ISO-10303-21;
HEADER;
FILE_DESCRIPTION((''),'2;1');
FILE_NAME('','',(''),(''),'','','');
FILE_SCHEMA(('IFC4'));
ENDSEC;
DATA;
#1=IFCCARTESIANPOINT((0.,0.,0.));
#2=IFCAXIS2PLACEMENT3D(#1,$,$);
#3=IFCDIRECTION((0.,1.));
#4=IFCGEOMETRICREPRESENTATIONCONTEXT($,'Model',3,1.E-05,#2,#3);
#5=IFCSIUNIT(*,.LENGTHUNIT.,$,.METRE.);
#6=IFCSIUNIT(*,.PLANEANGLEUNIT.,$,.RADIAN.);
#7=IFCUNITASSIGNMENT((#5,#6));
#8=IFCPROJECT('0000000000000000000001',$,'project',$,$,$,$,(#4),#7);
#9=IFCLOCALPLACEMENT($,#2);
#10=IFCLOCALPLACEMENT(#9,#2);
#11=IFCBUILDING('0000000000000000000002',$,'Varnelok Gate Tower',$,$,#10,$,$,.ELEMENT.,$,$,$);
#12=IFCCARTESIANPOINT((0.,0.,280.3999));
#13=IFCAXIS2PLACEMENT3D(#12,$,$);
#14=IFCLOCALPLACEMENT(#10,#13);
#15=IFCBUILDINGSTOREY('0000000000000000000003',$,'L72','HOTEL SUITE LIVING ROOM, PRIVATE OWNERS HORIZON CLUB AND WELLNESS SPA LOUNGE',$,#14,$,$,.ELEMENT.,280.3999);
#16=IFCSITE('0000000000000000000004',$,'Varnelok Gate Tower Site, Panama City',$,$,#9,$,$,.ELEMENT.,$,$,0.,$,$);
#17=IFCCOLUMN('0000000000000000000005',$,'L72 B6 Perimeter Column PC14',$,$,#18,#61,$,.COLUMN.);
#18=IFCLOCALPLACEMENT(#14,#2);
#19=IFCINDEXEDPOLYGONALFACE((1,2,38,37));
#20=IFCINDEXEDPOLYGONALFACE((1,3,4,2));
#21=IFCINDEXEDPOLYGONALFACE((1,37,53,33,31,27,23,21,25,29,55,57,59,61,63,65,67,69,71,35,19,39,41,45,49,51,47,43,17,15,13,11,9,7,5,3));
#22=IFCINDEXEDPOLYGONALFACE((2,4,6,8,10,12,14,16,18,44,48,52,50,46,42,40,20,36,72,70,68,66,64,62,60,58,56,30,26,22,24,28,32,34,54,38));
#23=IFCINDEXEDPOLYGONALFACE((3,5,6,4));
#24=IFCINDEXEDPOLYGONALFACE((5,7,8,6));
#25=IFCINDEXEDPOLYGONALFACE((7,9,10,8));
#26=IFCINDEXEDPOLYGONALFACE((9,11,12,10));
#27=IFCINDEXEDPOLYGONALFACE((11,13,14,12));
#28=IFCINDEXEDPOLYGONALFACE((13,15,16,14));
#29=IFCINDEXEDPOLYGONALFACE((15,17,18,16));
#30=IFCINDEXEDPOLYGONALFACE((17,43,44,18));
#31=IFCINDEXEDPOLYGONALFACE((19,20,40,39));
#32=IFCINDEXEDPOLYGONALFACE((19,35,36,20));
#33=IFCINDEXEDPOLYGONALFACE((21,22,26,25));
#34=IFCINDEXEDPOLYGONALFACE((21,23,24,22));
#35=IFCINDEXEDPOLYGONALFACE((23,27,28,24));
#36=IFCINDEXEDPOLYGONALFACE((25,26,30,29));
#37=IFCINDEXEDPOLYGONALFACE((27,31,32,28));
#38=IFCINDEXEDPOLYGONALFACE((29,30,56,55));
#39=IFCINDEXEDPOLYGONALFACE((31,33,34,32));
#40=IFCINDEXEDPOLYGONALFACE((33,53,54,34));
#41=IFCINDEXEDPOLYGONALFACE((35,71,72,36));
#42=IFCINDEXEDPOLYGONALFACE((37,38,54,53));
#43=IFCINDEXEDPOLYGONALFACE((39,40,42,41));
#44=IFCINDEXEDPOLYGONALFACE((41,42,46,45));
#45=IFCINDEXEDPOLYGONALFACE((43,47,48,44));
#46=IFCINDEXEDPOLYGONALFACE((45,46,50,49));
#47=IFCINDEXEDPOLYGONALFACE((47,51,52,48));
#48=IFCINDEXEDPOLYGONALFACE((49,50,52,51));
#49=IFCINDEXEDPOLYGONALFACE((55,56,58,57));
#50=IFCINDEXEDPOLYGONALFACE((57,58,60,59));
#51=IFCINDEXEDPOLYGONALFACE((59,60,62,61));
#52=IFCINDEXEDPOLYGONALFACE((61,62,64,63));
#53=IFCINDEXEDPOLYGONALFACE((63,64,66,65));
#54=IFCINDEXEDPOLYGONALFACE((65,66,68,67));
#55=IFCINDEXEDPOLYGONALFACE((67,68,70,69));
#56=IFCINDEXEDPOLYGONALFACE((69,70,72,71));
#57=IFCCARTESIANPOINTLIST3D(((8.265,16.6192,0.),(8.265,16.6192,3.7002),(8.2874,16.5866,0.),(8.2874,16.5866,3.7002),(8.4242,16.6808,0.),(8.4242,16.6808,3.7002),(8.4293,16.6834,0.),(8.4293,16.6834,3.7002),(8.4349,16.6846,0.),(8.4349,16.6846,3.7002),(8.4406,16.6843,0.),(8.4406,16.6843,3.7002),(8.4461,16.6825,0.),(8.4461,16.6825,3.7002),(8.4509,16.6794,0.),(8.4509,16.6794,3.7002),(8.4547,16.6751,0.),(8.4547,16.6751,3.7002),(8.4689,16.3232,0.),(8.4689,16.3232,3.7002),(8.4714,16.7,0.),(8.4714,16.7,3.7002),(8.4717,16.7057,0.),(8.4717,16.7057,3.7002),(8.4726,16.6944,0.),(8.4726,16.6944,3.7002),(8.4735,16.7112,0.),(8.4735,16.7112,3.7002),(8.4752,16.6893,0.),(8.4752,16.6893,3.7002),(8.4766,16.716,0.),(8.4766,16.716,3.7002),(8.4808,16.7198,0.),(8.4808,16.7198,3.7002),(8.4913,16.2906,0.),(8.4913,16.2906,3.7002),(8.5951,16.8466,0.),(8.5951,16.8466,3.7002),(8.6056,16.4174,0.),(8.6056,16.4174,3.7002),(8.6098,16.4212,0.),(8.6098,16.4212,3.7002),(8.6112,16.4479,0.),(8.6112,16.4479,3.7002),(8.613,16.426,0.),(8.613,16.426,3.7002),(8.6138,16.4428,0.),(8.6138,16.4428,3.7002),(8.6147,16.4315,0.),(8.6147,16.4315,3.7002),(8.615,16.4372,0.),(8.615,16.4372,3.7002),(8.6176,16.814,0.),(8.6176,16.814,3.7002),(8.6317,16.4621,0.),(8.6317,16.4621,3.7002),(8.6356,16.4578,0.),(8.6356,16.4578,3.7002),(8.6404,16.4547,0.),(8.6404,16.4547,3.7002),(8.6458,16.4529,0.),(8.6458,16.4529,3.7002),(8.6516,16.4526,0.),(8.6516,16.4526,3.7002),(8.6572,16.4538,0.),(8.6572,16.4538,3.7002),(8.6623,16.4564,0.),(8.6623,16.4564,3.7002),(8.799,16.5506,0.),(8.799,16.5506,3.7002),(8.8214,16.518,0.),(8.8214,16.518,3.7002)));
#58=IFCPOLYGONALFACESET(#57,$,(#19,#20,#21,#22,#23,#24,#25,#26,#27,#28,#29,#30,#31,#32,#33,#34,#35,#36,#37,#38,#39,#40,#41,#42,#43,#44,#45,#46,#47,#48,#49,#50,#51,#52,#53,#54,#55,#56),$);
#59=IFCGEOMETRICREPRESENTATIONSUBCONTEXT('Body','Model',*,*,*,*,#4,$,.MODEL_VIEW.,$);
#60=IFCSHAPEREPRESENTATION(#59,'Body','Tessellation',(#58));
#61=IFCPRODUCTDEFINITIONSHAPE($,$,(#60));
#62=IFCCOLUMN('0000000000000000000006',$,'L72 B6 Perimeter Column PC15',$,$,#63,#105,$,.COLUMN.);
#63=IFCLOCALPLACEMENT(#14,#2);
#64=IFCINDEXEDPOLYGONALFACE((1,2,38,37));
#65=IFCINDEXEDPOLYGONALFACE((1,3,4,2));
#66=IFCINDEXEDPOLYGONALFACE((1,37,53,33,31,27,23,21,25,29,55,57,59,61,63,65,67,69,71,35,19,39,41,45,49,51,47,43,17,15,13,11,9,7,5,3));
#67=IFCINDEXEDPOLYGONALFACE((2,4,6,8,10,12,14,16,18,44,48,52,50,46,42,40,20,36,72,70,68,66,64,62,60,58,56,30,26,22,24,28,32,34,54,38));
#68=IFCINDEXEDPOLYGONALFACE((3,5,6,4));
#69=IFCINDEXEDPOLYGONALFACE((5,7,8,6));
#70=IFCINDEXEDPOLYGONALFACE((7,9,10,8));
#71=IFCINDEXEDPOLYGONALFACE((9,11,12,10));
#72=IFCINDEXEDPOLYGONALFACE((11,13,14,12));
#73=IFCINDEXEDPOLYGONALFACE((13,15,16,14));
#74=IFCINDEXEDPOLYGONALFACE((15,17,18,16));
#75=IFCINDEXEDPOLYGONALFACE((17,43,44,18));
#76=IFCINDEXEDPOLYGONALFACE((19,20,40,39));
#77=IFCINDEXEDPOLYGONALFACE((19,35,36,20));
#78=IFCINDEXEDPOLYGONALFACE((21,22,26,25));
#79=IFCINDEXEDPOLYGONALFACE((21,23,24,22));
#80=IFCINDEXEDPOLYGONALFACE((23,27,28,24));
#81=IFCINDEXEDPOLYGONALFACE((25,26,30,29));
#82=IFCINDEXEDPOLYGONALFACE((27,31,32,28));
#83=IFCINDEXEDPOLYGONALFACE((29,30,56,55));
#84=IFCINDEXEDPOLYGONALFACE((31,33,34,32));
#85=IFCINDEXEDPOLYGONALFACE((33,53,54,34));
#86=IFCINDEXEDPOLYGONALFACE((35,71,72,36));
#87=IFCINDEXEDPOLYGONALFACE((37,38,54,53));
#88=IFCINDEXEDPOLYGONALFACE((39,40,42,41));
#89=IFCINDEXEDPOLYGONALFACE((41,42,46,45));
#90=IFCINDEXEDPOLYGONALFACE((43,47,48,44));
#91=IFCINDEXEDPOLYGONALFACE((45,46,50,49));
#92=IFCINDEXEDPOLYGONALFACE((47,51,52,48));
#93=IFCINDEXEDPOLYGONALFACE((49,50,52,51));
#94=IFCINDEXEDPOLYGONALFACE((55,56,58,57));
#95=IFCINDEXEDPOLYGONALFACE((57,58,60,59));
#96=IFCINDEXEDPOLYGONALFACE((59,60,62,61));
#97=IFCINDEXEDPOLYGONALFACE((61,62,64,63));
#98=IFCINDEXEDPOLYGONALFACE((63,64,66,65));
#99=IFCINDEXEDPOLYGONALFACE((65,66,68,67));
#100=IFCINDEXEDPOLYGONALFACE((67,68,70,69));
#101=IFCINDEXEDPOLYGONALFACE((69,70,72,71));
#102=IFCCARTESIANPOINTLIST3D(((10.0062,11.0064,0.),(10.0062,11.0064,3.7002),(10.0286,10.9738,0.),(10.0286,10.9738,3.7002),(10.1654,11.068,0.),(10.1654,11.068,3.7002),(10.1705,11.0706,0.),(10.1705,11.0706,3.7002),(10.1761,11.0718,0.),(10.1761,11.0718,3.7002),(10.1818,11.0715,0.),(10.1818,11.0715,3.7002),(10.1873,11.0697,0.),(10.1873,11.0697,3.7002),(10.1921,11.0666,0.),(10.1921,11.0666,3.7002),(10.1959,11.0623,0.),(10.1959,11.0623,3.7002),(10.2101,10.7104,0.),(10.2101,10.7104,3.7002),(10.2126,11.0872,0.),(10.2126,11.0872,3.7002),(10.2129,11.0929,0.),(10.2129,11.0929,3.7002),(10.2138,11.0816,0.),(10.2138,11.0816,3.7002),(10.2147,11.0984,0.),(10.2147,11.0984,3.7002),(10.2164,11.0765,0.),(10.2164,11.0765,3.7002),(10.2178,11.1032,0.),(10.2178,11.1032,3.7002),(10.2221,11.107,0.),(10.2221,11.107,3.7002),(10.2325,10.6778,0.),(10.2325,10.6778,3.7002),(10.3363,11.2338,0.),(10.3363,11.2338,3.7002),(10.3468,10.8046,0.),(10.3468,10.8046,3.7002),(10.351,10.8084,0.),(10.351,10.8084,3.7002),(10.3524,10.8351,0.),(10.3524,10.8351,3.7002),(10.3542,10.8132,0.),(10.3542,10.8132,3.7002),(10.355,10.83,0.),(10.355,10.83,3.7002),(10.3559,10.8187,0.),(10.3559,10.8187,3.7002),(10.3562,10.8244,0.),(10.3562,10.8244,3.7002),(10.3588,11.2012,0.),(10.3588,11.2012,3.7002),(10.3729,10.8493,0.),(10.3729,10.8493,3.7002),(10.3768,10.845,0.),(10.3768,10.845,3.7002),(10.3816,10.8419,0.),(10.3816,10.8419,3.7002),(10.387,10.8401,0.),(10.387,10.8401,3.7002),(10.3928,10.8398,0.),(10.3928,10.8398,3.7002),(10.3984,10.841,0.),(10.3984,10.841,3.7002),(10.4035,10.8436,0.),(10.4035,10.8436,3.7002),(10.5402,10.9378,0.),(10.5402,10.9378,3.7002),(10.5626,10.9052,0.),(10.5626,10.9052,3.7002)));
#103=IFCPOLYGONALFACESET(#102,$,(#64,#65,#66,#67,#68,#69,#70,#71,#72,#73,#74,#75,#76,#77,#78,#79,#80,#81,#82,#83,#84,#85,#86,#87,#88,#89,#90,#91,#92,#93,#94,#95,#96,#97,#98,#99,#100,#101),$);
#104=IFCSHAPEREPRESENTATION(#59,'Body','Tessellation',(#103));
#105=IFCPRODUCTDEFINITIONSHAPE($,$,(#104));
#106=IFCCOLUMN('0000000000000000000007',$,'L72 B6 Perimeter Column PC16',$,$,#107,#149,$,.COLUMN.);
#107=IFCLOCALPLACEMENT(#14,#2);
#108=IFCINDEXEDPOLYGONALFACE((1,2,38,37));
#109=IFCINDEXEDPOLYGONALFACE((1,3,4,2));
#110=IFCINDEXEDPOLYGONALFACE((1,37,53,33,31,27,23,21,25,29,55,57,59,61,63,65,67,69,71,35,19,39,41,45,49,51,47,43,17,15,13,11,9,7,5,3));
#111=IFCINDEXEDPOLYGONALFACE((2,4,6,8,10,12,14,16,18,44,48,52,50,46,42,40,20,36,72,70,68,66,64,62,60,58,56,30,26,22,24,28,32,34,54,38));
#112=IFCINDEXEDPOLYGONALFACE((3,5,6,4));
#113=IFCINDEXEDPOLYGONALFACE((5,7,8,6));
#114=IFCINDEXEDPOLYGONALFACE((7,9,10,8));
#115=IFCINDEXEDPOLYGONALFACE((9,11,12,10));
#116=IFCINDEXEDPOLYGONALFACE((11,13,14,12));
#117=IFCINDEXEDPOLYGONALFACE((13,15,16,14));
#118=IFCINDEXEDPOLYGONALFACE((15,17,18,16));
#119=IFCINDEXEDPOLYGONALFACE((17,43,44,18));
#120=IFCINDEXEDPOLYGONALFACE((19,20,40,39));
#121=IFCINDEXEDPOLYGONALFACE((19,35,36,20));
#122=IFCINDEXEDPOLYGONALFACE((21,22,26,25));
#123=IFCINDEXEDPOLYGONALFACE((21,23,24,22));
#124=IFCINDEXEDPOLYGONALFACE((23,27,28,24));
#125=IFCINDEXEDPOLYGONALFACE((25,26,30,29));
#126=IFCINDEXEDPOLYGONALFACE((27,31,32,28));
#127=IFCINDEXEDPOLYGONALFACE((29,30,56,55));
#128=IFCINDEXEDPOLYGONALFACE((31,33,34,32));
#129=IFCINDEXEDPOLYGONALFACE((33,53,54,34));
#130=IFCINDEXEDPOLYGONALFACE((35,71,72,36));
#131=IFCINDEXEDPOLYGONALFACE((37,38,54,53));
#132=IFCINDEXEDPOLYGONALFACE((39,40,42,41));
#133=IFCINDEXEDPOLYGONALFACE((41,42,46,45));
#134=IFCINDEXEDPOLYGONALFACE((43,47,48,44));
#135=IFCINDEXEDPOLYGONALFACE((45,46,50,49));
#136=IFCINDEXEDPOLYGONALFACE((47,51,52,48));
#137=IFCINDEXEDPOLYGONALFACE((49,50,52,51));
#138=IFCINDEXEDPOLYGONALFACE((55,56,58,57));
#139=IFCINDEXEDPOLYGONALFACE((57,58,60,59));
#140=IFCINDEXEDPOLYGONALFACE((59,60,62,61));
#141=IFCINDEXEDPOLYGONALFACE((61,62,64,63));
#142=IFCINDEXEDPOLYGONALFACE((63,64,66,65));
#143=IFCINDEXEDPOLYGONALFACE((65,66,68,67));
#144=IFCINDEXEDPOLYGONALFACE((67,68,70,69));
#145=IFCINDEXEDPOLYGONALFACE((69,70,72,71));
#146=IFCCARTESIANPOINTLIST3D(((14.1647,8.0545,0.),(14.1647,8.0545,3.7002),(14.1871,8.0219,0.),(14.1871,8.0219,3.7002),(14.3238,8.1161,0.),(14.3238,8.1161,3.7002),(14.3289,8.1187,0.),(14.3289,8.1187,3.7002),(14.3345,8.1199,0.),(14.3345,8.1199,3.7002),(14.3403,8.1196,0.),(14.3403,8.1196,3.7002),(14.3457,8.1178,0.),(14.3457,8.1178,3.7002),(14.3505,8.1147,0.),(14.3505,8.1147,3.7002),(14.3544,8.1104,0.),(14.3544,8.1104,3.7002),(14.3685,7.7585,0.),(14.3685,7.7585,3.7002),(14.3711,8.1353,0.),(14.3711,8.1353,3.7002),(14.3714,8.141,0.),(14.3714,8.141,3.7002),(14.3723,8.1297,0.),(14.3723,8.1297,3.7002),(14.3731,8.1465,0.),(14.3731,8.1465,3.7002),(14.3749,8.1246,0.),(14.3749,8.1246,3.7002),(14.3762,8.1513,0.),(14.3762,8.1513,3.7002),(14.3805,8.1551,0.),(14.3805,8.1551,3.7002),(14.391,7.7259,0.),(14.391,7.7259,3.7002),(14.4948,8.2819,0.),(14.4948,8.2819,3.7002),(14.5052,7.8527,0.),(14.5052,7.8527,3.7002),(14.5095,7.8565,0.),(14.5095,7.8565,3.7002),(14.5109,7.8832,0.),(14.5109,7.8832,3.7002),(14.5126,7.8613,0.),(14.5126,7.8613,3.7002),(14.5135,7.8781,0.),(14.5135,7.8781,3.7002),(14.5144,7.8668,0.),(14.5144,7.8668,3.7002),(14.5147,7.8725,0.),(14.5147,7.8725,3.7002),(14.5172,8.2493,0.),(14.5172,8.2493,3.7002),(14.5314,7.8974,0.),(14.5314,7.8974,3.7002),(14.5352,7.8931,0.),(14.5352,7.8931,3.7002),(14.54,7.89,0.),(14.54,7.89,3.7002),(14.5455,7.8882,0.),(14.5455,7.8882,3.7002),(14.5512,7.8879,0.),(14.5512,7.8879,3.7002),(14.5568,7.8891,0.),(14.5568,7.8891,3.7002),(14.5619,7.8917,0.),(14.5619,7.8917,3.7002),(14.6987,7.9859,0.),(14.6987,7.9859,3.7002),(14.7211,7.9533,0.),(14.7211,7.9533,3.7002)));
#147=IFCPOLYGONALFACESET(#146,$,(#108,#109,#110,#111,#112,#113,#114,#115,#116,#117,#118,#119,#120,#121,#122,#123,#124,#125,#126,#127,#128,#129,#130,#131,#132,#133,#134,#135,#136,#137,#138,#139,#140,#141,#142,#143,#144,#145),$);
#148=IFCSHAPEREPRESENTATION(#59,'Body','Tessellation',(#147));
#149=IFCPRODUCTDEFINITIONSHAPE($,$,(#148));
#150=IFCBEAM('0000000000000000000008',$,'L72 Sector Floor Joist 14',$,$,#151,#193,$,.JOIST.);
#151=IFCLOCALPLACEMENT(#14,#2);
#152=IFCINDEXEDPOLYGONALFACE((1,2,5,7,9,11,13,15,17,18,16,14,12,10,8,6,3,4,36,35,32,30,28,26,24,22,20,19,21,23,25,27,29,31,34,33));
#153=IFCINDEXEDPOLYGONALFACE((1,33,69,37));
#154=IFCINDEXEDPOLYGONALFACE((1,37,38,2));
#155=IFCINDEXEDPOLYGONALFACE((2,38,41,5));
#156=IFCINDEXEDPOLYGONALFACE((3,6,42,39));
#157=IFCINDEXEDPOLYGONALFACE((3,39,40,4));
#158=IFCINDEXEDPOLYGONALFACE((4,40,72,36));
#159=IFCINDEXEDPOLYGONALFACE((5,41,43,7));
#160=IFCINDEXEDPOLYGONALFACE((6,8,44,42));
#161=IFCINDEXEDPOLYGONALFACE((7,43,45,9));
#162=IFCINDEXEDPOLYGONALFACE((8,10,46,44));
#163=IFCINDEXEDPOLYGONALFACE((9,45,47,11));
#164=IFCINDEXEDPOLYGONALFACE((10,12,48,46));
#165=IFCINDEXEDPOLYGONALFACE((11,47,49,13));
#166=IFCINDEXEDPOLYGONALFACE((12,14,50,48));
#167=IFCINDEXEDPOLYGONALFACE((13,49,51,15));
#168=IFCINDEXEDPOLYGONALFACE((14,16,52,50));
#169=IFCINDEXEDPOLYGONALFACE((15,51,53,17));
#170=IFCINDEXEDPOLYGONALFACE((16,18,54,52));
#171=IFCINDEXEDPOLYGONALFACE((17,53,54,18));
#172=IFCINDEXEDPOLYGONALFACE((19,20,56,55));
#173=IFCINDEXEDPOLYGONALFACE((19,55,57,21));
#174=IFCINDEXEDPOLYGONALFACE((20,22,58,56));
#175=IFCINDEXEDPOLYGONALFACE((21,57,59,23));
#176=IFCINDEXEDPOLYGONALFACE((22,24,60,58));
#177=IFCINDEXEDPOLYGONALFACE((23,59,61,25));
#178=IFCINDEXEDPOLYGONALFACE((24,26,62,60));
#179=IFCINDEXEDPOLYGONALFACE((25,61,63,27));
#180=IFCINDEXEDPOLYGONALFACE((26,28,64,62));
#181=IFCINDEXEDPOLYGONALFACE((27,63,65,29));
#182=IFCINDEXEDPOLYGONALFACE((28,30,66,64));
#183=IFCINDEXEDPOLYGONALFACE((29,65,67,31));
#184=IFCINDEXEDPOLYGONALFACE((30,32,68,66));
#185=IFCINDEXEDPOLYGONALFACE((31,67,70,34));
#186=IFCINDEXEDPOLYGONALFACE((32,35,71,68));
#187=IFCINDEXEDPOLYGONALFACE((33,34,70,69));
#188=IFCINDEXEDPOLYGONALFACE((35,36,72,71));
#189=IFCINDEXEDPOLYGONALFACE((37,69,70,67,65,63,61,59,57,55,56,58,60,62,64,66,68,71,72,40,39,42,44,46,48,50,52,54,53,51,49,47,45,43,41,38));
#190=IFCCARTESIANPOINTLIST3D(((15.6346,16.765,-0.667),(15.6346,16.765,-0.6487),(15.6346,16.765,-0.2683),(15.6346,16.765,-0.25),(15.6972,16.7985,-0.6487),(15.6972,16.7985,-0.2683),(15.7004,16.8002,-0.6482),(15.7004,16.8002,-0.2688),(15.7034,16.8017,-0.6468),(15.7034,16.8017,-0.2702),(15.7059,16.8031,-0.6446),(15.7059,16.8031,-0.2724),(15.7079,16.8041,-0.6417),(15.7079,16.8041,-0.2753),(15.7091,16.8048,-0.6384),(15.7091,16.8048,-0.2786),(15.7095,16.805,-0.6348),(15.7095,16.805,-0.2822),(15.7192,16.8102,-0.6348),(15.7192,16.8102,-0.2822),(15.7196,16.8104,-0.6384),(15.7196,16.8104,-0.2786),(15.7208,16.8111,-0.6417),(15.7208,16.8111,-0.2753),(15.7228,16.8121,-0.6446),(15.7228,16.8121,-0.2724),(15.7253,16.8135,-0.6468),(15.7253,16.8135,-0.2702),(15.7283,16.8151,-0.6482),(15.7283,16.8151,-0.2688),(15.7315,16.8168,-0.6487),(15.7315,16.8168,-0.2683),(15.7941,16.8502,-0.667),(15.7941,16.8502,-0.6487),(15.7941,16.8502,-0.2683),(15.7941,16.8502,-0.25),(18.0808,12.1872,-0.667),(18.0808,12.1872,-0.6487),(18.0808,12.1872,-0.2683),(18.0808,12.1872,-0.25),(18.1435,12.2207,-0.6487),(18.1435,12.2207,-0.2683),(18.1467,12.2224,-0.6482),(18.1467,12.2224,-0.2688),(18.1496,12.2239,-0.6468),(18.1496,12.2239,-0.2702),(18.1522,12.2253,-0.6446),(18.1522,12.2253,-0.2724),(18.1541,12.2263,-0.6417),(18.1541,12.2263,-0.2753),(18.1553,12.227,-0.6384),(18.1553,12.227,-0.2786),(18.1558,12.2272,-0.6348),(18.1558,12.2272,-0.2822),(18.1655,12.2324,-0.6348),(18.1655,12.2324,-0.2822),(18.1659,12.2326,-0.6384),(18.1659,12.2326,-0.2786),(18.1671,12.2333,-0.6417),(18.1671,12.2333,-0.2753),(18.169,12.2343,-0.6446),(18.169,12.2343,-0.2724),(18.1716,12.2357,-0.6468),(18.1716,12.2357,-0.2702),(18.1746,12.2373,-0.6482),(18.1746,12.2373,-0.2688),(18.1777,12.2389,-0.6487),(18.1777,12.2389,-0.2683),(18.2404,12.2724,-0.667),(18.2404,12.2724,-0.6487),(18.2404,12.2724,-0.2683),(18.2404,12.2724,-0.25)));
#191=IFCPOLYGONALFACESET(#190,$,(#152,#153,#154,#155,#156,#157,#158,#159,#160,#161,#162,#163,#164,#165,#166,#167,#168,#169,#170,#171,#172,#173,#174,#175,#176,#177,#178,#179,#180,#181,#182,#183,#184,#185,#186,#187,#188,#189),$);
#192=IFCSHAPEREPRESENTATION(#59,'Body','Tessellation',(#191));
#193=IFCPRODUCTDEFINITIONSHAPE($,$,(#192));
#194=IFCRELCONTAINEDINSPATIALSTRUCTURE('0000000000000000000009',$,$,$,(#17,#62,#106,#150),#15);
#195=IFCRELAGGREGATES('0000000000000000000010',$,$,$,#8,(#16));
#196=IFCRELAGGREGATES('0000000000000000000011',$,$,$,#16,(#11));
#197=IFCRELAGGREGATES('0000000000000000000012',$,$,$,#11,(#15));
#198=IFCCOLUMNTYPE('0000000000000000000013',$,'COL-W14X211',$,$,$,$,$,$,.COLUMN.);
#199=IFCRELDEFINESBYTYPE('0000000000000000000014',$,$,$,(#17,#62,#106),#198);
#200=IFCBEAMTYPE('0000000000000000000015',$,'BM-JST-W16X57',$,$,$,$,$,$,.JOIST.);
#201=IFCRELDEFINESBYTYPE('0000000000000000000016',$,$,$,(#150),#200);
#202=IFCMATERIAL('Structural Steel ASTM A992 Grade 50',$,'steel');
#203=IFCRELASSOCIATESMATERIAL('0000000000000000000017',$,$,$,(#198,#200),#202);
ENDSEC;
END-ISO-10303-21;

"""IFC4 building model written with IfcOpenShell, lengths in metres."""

from ifc_helpers import new_model, si_unit, direction, frame, origin, origin_2d, place, context, subcontext, project, spatial, i_section, extrude, material, material_profile, profile_set, type_object, element, save


model = new_model("IFC4")

# Units and contexts
model_context = context("Model", 3, precision=1e-05, world=origin(), true_north=direction((0.0, 1.0)))
body_context = subcontext(model_context, "Body", "Model", "MODEL_VIEW")
ifc_project = project(units=[si_unit("LENGTHUNIT", "METRE"), si_unit("PLANEANGLEUNIT", "RADIAN")], contexts=[model_context])

# Site, building, storey
site_placement = place(None, origin())
site = spatial("IfcSite", under=ifc_project, at=site_placement, Name="Varnelok Gate Tower Site, Panama City", CompositionType="ELEMENT", RefElevation=0.0)
building_placement = place(site_placement, origin())
building = spatial("IfcBuilding", under=site, at=building_placement, Name="Varnelok Gate Tower", CompositionType="ELEMENT")
storey_placement = place(building_placement, frame((0.0, 0.0, 280.3999)))
storey = spatial("IfcBuildingStorey", under=building, at=storey_placement, Name="L72", Description="HOTEL SUITE LIVING ROOM, PRIVATE OWNERS HORIZON CLUB AND WELLNESS SPA LOUNGE", CompositionType="ELEMENT", Elevation=280.3999)

# Columns
ifc_material_1 = material(Name="Structural Steel ASTM A992 Grade 50", Category="steel")
ifc_material_profile_1 = material_profile(ifc_material_1, i_section(OverallWidth=0.4009, OverallDepth=0.3989, WebThickness=0.0249, FlangeThickness=0.0396, FilletRadius=0.022, at=origin_2d()), Name="W14X211")
ifc_profile_set_1 = profile_set([ifc_material_profile_1], Name="Structural Steel ASTM A992 Grade 50")
column_type = type_object("IfcColumnType", Name="COL-W14X211", PredefinedType="COLUMN", material=ifc_profile_set_1)
for number, where, z_axis, x_axis, name in (
    (1, (8.5432, 16.5686, 0.0), (0.0, 0.0, 1.0), (0.823533, 0.567269, 0.0), "L72 B6 Perimeter Column PC14"),
    (2, (10.2844, 10.9558, 0.0), (0.0, 0.0, 1.0), (0.823533, 0.567269, 0.0), "L72 B6 Perimeter Column PC15"),
    (3, (14.4429, 8.0039, 0.0), (0.0, 0.0, 1.0), (0.823533, 0.567269, 0.0), "L72 B6 Perimeter Column PC16"),
):
    element("IfcColumn", number, at=place(storey_placement, frame(where, z_axis=z_axis, x_axis=x_axis)), inside=storey, type_object=column_type, Name=name, PredefinedType="COLUMN", context=body_context, shape_type="SweptSolid", body=[
        extrude(i_section(OverallWidth=0.4009, OverallDepth=0.3989, WebThickness=0.0249, FlangeThickness=0.0396, FilletRadius=0.022, at=origin_2d()), origin(), (0.0, 0.0, 1.0), 3.7002),
    ])

# Beam
ifc_material_profile_2 = material_profile(ifc_material_1, i_section(OverallWidth=0.1809, OverallDepth=0.417, WebThickness=0.011, FlangeThickness=0.0183, FilletRadius=0.0139, at=origin_2d()), Name="W16X57")
ifc_profile_set_2 = profile_set([ifc_material_profile_2], Name="Structural Steel ASTM A992 Grade 50")
beam_type_1 = type_object("IfcBeamType", Name="BM-JST-W16X57", PredefinedType="JOIST", material=ifc_profile_set_2)
beam_1_placement = place(storey_placement, frame((15.7144, 16.8076, -0.4585), z_axis=(0.471301, -0.881972, 0.0), x_axis=(0.881972, 0.471301, 0.0)))
element("IfcBeam", 4, at=beam_1_placement, inside=storey, type_object=beam_type_1, Name="L72 Sector Floor Joist 14", PredefinedType="JOIST", context=body_context, shape_type="SweptSolid", body=[
    extrude(i_section(OverallWidth=0.1809, OverallDepth=0.417, WebThickness=0.011, FlangeThickness=0.0183, FilletRadius=0.0139, at=origin_2d()), origin(), (0.0, 0.0, 1.0), 5.1904),
])

save(model, "model.ifc")
